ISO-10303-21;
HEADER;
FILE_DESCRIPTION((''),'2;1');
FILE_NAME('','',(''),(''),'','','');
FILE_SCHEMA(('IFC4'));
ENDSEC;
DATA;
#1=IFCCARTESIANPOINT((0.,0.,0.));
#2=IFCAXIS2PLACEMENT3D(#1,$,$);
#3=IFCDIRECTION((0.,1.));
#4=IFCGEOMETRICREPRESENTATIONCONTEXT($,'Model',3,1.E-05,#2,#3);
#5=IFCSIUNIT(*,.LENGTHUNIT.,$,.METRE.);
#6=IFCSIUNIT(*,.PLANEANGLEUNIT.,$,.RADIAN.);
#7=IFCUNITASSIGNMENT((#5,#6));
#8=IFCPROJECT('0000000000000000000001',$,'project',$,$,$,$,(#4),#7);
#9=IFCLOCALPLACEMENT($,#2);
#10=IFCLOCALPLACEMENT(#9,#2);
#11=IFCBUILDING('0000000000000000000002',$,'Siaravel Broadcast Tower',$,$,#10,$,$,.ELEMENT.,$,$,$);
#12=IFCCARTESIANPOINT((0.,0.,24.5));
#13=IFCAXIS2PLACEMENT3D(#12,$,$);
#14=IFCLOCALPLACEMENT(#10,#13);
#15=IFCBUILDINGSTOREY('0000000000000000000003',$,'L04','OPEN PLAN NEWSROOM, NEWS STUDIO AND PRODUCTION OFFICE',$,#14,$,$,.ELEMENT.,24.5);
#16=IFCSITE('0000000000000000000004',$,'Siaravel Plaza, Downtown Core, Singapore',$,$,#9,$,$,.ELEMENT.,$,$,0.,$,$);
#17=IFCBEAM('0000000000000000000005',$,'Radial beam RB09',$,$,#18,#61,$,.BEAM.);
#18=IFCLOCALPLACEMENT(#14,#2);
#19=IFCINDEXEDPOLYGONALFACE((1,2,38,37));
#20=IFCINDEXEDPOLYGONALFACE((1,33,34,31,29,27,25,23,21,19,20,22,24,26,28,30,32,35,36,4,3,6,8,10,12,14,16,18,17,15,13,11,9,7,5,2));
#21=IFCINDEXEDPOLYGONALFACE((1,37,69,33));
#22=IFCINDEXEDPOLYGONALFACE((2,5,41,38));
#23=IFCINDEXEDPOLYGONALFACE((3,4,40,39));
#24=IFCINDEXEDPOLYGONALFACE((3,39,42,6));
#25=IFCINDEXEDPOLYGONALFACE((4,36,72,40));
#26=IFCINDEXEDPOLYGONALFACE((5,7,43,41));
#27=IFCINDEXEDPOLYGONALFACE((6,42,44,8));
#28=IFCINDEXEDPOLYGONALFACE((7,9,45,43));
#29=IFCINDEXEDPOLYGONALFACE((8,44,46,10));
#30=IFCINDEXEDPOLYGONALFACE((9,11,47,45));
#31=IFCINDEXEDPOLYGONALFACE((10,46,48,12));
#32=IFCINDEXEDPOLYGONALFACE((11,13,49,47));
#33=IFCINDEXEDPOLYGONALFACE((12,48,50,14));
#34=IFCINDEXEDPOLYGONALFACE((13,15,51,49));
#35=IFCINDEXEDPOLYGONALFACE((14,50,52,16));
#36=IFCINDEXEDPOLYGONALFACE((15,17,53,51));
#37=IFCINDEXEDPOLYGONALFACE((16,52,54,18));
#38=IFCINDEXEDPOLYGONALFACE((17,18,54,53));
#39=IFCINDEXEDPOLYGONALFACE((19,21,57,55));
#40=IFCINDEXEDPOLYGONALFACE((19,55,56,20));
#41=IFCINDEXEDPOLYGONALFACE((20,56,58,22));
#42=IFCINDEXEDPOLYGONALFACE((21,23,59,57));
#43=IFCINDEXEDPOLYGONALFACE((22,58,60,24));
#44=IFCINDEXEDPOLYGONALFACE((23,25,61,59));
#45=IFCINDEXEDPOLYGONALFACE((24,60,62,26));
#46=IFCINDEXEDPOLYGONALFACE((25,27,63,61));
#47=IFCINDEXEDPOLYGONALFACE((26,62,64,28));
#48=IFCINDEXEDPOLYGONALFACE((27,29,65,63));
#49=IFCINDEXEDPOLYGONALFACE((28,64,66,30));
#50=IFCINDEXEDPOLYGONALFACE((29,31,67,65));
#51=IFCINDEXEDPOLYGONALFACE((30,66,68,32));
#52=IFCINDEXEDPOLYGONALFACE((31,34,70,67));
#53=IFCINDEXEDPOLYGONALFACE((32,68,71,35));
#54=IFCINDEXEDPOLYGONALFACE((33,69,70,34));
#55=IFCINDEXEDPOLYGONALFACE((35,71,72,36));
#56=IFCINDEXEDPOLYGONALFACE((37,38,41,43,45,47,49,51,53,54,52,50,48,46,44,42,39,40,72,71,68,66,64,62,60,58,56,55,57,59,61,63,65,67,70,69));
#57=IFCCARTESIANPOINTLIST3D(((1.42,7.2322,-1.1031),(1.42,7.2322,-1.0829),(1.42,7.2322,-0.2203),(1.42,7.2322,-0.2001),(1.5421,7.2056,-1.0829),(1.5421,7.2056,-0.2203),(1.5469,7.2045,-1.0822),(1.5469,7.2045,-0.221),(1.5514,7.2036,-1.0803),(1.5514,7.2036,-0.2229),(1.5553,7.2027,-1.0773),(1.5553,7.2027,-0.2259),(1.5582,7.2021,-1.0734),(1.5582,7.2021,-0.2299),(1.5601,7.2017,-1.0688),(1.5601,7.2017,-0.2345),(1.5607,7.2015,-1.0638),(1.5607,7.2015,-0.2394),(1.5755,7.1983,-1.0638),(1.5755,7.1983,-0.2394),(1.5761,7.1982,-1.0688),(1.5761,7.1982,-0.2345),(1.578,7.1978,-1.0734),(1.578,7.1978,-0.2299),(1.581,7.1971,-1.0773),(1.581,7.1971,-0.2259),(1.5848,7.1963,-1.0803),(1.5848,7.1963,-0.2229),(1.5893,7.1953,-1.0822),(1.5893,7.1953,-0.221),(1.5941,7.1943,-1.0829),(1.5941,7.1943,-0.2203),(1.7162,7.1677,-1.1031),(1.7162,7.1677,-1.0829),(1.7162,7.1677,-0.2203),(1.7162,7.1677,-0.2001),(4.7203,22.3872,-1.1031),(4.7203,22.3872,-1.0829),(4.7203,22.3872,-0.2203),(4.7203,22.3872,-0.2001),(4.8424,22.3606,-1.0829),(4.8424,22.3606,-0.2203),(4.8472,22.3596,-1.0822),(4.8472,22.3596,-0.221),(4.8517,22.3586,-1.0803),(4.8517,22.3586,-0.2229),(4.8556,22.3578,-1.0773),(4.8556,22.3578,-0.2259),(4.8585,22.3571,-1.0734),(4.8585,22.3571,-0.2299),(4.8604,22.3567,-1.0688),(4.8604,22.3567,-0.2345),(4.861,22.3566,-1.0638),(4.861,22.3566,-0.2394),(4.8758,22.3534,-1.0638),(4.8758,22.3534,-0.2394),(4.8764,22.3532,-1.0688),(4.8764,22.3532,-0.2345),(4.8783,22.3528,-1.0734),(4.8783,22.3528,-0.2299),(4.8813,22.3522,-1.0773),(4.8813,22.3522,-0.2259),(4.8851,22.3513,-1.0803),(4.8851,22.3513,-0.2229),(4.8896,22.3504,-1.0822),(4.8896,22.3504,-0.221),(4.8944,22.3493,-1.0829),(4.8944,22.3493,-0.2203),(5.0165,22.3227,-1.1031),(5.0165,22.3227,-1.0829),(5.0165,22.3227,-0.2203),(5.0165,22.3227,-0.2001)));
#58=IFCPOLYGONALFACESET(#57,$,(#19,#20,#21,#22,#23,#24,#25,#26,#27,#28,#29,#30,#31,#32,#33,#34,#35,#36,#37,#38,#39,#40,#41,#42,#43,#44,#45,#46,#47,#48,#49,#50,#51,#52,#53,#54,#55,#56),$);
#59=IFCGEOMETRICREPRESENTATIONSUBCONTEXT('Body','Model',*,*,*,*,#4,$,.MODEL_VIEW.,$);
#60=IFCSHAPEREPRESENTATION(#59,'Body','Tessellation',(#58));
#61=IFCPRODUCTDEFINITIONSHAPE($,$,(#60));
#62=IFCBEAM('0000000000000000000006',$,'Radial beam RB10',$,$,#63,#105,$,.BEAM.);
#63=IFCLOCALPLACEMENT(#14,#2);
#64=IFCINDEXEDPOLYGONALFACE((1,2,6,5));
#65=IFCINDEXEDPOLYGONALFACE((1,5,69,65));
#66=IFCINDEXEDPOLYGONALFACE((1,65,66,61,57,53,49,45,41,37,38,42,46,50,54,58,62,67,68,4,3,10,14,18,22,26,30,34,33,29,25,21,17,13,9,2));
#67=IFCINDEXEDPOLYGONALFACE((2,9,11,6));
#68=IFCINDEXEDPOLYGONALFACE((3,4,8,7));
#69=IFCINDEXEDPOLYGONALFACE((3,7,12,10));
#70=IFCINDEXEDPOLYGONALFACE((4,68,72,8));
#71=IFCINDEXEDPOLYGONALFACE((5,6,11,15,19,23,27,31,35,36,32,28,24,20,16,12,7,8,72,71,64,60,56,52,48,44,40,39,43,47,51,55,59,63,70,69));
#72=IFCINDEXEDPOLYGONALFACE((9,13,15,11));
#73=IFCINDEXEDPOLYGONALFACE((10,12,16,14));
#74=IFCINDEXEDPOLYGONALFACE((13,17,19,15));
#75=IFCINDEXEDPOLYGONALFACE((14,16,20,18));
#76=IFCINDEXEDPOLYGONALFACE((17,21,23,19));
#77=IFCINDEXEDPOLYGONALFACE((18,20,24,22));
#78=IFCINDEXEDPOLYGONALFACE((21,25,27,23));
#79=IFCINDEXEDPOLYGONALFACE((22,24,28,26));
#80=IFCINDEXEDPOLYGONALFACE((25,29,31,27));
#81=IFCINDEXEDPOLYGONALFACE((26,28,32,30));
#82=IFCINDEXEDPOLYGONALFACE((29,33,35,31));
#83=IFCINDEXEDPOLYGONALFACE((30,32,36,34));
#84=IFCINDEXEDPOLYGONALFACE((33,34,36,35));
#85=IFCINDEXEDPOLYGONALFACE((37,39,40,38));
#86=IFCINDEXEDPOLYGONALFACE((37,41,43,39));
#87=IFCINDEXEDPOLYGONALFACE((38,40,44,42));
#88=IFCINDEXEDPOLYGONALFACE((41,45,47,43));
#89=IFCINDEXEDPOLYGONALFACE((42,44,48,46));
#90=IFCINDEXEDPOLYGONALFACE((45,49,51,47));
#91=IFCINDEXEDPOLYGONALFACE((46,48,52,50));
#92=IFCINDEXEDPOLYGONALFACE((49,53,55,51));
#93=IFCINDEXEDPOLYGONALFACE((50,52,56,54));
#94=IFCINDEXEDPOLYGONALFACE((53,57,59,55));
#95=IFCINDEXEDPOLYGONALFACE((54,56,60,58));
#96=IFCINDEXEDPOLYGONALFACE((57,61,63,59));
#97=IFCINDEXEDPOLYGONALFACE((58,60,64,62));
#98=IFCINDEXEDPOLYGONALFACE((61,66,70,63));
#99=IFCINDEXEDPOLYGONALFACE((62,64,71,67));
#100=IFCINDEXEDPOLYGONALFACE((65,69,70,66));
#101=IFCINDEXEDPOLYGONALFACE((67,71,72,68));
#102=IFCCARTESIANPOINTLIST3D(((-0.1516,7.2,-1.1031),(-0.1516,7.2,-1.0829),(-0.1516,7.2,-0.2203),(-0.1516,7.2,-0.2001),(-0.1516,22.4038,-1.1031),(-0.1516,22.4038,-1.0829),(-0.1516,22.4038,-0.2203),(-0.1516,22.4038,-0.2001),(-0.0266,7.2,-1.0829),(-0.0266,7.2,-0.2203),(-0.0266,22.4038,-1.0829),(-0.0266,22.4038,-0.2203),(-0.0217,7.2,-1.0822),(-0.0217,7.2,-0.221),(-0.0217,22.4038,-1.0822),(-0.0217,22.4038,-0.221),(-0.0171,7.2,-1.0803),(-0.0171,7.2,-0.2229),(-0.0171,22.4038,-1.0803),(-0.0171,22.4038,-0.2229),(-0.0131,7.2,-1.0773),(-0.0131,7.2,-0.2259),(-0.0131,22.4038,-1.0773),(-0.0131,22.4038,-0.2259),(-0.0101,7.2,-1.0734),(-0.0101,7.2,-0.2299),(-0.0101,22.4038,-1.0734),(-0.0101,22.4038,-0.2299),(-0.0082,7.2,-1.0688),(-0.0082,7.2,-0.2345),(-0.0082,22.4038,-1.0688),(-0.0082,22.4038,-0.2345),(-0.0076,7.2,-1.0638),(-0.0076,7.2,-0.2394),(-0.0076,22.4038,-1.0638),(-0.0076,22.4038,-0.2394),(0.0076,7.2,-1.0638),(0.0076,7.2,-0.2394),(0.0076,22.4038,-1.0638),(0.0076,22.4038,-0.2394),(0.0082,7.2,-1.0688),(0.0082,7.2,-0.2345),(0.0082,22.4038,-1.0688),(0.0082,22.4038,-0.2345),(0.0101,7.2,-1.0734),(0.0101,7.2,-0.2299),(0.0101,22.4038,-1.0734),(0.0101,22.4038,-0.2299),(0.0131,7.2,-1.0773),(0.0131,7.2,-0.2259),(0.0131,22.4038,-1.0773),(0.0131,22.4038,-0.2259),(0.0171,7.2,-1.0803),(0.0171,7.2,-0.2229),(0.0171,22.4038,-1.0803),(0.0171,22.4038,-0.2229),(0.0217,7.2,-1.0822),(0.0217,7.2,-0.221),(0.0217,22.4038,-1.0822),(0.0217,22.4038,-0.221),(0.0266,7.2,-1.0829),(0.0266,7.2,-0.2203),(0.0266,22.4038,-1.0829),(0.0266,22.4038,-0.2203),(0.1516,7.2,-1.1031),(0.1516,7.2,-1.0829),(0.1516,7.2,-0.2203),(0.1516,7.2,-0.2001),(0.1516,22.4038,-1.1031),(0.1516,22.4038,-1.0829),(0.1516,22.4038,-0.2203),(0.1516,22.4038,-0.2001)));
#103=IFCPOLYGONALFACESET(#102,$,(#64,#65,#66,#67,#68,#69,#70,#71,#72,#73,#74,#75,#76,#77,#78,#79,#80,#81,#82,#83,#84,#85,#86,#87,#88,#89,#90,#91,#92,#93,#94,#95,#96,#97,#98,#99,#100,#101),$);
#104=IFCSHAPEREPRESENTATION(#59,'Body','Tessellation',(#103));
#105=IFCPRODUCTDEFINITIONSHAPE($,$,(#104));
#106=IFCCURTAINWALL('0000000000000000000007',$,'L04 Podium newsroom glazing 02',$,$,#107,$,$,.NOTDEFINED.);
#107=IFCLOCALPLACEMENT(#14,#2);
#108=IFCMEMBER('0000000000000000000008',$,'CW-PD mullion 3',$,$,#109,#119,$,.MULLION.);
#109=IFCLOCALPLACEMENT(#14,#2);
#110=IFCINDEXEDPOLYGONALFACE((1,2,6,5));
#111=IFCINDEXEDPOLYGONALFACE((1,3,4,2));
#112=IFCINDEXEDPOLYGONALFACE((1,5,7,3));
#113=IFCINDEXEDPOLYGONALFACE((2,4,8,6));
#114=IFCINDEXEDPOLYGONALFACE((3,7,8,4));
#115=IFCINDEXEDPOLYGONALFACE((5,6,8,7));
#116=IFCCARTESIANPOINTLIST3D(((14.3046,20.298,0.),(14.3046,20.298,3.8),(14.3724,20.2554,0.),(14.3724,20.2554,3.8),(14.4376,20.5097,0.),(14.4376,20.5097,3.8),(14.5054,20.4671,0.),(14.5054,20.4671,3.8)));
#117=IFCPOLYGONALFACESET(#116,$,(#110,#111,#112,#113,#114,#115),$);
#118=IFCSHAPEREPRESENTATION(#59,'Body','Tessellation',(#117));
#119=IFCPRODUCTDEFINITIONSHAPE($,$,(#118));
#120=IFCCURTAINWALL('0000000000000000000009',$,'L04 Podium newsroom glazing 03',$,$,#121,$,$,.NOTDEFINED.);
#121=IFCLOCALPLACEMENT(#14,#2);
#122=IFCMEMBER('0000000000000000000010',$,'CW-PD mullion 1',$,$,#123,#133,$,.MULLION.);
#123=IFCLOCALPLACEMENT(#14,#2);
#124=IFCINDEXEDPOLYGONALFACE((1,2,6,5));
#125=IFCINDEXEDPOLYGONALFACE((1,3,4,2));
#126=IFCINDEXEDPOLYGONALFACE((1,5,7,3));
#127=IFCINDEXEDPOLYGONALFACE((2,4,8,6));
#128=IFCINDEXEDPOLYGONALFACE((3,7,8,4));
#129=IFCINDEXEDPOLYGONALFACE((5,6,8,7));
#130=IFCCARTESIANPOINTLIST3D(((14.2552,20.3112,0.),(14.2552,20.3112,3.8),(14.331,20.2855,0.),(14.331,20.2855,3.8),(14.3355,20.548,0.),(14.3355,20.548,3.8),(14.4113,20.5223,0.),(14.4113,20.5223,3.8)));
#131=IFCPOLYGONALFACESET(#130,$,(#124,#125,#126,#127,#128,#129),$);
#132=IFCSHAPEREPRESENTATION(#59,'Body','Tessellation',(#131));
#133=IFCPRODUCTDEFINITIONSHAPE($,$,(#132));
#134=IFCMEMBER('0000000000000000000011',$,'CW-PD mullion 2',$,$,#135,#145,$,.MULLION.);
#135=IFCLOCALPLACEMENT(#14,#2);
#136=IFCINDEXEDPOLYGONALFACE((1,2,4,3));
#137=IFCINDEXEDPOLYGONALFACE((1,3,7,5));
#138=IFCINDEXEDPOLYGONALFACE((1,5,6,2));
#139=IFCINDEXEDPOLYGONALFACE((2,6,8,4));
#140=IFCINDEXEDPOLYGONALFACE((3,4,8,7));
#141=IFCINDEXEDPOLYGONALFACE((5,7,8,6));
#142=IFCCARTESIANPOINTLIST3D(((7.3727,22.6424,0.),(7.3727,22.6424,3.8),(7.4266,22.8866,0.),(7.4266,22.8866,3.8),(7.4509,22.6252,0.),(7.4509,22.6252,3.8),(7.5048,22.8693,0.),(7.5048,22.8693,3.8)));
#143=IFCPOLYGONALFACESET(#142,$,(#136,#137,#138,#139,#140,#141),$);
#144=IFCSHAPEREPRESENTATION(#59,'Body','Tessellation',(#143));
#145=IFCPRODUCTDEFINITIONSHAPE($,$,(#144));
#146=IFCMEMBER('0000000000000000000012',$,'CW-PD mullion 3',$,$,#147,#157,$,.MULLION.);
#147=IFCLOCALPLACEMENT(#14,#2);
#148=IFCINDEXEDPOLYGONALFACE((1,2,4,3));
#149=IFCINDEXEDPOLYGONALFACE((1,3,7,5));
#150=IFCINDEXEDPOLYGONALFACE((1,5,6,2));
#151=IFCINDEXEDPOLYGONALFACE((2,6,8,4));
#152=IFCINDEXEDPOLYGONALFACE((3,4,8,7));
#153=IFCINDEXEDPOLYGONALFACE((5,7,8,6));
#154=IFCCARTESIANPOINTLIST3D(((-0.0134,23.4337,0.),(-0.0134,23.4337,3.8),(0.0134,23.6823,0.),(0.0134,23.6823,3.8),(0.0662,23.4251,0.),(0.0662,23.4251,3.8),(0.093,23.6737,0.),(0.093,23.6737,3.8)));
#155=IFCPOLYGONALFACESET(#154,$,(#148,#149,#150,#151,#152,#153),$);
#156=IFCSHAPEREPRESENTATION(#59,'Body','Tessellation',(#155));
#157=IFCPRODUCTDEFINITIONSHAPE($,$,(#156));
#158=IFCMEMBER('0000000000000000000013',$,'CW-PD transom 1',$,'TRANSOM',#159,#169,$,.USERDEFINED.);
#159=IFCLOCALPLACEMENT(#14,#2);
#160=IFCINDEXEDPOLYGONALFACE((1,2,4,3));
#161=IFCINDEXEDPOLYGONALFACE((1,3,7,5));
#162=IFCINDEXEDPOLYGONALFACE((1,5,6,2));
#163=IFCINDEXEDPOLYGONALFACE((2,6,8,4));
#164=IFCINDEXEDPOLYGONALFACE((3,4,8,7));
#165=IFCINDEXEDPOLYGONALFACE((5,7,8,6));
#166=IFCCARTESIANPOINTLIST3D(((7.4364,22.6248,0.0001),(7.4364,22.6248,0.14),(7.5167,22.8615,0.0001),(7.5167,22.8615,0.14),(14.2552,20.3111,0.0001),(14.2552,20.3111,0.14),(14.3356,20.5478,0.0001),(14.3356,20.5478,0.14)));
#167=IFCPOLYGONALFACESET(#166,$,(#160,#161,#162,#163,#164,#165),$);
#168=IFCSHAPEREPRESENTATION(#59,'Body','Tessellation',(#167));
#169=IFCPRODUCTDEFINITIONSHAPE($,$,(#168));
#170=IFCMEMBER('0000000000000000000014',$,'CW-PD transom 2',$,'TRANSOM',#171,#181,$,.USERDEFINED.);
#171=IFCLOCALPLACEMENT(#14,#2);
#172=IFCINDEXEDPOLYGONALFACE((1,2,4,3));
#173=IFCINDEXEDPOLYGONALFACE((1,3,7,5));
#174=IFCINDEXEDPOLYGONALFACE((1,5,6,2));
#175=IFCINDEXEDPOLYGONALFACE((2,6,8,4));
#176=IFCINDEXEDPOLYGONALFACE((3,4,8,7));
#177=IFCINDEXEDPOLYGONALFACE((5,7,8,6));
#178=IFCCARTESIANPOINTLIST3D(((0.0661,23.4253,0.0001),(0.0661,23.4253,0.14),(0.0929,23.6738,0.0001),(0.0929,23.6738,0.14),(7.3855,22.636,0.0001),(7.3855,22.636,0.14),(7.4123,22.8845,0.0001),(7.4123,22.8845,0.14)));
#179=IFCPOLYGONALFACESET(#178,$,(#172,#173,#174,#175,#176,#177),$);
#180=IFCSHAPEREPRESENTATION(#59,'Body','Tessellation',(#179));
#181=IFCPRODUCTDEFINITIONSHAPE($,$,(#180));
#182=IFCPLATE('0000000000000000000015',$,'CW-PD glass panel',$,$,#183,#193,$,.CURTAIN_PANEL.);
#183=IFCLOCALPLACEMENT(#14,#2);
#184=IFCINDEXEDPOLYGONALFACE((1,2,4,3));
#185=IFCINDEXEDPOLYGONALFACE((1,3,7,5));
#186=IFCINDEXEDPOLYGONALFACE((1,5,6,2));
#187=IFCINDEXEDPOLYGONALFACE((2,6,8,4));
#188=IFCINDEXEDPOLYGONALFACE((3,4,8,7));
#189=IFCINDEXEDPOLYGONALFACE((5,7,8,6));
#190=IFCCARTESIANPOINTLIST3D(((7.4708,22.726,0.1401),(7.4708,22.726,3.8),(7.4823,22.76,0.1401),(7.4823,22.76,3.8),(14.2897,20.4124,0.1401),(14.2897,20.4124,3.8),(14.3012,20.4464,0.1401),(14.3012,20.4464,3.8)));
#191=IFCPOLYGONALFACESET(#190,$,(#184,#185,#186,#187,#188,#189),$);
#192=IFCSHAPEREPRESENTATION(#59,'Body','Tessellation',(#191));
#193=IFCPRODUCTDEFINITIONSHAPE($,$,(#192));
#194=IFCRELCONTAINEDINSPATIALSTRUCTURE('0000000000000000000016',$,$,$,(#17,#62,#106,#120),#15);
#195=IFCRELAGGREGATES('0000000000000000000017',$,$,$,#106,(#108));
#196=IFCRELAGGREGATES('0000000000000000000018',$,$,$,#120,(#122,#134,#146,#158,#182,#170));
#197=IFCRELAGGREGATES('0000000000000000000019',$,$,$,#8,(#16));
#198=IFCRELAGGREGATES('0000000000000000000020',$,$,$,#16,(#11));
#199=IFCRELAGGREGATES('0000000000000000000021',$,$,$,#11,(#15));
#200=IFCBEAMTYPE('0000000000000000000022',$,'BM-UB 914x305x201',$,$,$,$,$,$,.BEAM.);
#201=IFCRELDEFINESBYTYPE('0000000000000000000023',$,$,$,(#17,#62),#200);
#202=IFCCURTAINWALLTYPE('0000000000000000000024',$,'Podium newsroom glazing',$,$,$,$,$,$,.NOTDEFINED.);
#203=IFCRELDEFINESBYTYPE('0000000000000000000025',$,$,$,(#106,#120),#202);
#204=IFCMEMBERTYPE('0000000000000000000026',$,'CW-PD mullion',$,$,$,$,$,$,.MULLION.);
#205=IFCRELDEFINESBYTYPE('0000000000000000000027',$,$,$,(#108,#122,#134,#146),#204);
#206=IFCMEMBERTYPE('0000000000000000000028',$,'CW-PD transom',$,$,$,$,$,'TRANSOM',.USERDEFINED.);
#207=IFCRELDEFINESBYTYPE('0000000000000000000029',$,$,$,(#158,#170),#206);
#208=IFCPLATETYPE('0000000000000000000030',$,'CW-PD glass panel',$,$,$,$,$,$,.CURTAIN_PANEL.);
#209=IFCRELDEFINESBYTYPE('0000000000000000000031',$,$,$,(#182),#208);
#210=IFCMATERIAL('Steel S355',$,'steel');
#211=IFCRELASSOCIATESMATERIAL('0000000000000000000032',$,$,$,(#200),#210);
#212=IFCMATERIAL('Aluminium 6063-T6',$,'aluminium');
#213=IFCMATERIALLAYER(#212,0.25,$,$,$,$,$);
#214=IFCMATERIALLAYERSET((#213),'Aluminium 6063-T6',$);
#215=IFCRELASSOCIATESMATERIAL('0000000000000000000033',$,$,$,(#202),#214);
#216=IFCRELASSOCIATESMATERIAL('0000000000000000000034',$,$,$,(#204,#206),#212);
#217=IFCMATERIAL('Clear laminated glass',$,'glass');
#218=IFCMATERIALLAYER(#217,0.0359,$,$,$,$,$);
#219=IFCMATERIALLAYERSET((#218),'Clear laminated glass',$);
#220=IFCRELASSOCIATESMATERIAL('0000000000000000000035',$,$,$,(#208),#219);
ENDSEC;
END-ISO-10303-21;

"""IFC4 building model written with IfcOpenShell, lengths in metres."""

from ifc_helpers import new_model, si_unit, direction, frame, origin, origin_2d, place, context, subcontext, project, spatial, rectangle, i_section, extrude, material, layer, layer_set, material_profile, profile_set, type_object, element, aggregate, save


model = new_model("IFC4")

# Units and contexts
model_context = context("Model", 3, precision=1e-05, world=origin(), true_north=direction((0.0, 1.0)))
body_context = subcontext(model_context, "Body", "Model", "MODEL_VIEW")
ifc_project = project(units=[si_unit("LENGTHUNIT", "METRE"), si_unit("PLANEANGLEUNIT", "RADIAN")], contexts=[model_context])

# Site, building, storey
site_placement = place(None, origin())
site = spatial("IfcSite", under=ifc_project, at=site_placement, Name="Siaravel Plaza, Downtown Core, Singapore", CompositionType="ELEMENT", RefElevation=0.0)
building_placement = place(site_placement, origin())
building = spatial("IfcBuilding", under=site, at=building_placement, Name="Siaravel Broadcast Tower", CompositionType="ELEMENT")
storey_placement = place(building_placement, frame((0.0, 0.0, 24.5)))
storey = spatial("IfcBuildingStorey", under=building, at=storey_placement, Name="L04", Description="OPEN PLAN NEWSROOM, NEWS STUDIO AND PRODUCTION OFFICE", CompositionType="ELEMENT", Elevation=24.5)

# Beams
ifc_material_1 = material(Name="Steel S355", Category="steel")
ifc_material_profile_1 = material_profile(ifc_material_1, i_section(OverallWidth=0.3032, OverallDepth=0.9031, WebThickness=0.0151, FlangeThickness=0.0203, FilletRadius=0.019, at=origin_2d()))
ifc_profile_set_1 = profile_set([ifc_material_profile_1], Name="Steel S355")
beam_type = type_object("IfcBeamType", Name="BM-UB 914x305x201", PredefinedType="BEAM", material=ifc_profile_set_1)
beam_1_placement = place(storey_placement, frame((4.8684, 22.355, -0.6516), z_axis=(-0.212782, -0.9771, 0.0), x_axis=(0.9771, -0.212782, 0.0)))
element("IfcBeam", 1, at=beam_1_placement, inside=storey, type_object=beam_type, Name="Radial beam RB09", PredefinedType="BEAM", context=body_context, shape_type="SweptSolid", body=[
    extrude(i_section(OverallWidth=0.3032, OverallDepth=0.9031, WebThickness=0.0151, FlangeThickness=0.0203, FilletRadius=0.019, at=origin_2d()), origin(), (0.0, 0.0, 1.0), 15.5103),
])
beam_2_placement = place(storey_placement, frame((0.0, 22.4038, -0.6516), z_axis=(0.0, -1.0, 0.0), x_axis=(1.0, 0.0, 0.0)))
element("IfcBeam", 2, at=beam_2_placement, inside=storey, type_object=beam_type, Name="Radial beam RB10", PredefinedType="BEAM", context=body_context, shape_type="SweptSolid", body=[
    extrude(i_section(OverallWidth=0.3032, OverallDepth=0.9031, WebThickness=0.0151, FlangeThickness=0.0203, FilletRadius=0.019, at=origin_2d()), origin(), (0.0, 0.0, 1.0), 15.2039),
])

# Curtain wall, member
ifc_material_2 = material(Name="Aluminium 6063-T6", Category="aluminium")
ifc_layer_1 = layer(ifc_material_2, 0.25)
ifc_layer_set_1 = layer_set([ifc_layer_1], Name="Aluminium 6063-T6")
curtain_wall_type = type_object("IfcCurtainWallType", Name="Podium newsroom glazing", PredefinedType="NOTDEFINED", material=ifc_layer_set_1)
curtain_wall_1_placement = place(storey_placement, origin())
curtain_wall_1 = element("IfcCurtainWall", 3, at=curtain_wall_1_placement, inside=storey, type_object=curtain_wall_type, Name="L04 Podium newsroom glazing 02", PredefinedType="NOTDEFINED")
ifc_material_profile_2 = material_profile(ifc_material_2, rectangle(XDim=0.25, YDim=0.0801, at=origin_2d()))
ifc_profile_set_2 = profile_set([ifc_material_profile_2], Name="Aluminium 6063-T6")
member_type_1 = type_object("IfcMemberType", Name="CW-PD mullion", PredefinedType="MULLION", material=ifc_profile_set_2)
member_1_placement = place(storey_placement, frame((14.405, 20.3826, 0.0), z_axis=(0.0, 0.0, 1.0), x_axis=(-0.532149, -0.846651, 0.0)))
member_1 = element("IfcMember", 4, at=member_1_placement, type_object=member_type_1, Name="CW-PD mullion 3", PredefinedType="MULLION", context=body_context, shape_type="SweptSolid", body=[
    extrude(rectangle(XDim=0.25, YDim=0.0801, at=origin_2d()), origin(), (0.0, 0.0, 1.0), 3.8),
])
aggregate(curtain_wall_1, [member_1])

# Curtain wall, members, plate
curtain_wall_2_placement = place(storey_placement, origin())
curtain_wall_2 = element("IfcCurtainWall", 5, at=curtain_wall_2_placement, inside=storey, type_object=curtain_wall_type, Name="L04 Podium newsroom glazing 03", PredefinedType="NOTDEFINED")
member_2_placement = place(storey_placement, frame((14.3333, 20.4167, 0.0), z_axis=(0.0, 0.0, 1.0), x_axis=(-0.3213, -0.946977, 0.0)))
member_2 = element("IfcMember", 6, at=member_2_placement, type_object=member_type_1, Name="CW-PD mullion 1", PredefinedType="MULLION", context=body_context, shape_type="SweptSolid", body=[
    extrude(rectangle(XDim=0.25, YDim=0.0801, at=origin_2d()), origin(), (0.0, 0.0, 1.0), 3.8),
])
member_3_placement = place(storey_placement, frame((7.4387, 22.7559, 0.0), z_axis=(0.0, 0.0, 1.0), x_axis=(-0.215558, -0.976491, 0.0)))
member_3 = element("IfcMember", 7, at=member_3_placement, type_object=member_type_1, Name="CW-PD mullion 2", PredefinedType="MULLION", context=body_context, shape_type="SweptSolid", body=[
    extrude(rectangle(XDim=0.25, YDim=0.0801, at=origin_2d()), origin(), (0.0, 0.0, 1.0), 3.8),
])
member_4_placement = place(storey_placement, frame((0.0398, 23.5537, 0.0), z_axis=(0.0, 0.0, 1.0), x_axis=(-0.107217, -0.994236, 0.0)))
member_4 = element("IfcMember", 8, at=member_4_placement, type_object=member_type_1, Name="CW-PD mullion 3", PredefinedType="MULLION", context=body_context, shape_type="SweptSolid", body=[
    extrude(rectangle(XDim=0.25, YDim=0.0801, at=origin_2d()), origin(), (0.0, 0.0, 1.0), 3.8),
])
ifc_material_profile_3 = material_profile(ifc_material_2, rectangle(XDim=0.25, YDim=0.1399, at=origin_2d()))
ifc_profile_set_3 = profile_set([ifc_material_profile_3], Name="Aluminium 6063-T6")
member_type_2 = type_object("IfcMemberType", Name="CW-PD transom", ElementType="TRANSOM", PredefinedType="USERDEFINED", material=ifc_profile_set_3)
member_5_placement = place(storey_placement, frame((14.2954, 20.4294, 0.0701), z_axis=(-0.946971, 0.321319, 0.0), x_axis=(-0.321319, -0.946971, 0.0)))
member_5 = element("IfcMember", 9, at=member_5_placement, type_object=member_type_2, Name="CW-PD transom 1", ObjectType="TRANSOM", PredefinedType="USERDEFINED", context=body_context, shape_type="SweptSolid", body=[
    extrude(rectangle(XDim=0.25, YDim=0.1399, at=origin_2d()), origin(), (0.0, 0.0, 1.0), 7.2007),
])
member_6_placement = place(storey_placement, frame((7.3989, 22.7603, 0.0701), z_axis=(-0.994236, 0.107217, 0.0), x_axis=(-0.107217, -0.994236, 0.0)))
member_6 = element("IfcMember", 10, at=member_6_placement, type_object=member_type_2, Name="CW-PD transom 2", ObjectType="TRANSOM", PredefinedType="USERDEFINED", context=body_context, shape_type="SweptSolid", body=[
    extrude(rectangle(XDim=0.25, YDim=0.1399, at=origin_2d()), origin(), (0.0, 0.0, 1.0), 7.3618),
])
ifc_material_3 = material(Name="Clear laminated glass", Category="glass")
ifc_layer_2 = layer(ifc_material_3, 0.0359)
ifc_layer_set_2 = layer_set([ifc_layer_2], Name="Clear laminated glass")
plate_type = type_object("IfcPlateType", Name="CW-PD glass panel", PredefinedType="CURTAIN_PANEL", material=ifc_layer_set_2)
plate_1_placement = place(storey_placement, frame((10.886, 21.5862, 0.1401), z_axis=(0.0, 0.0, 1.0), x_axis=(-0.946977, 0.3213, 0.0)))
plate_1 = element("IfcPlate", 11, at=plate_1_placement, type_object=plate_type, Name="CW-PD glass panel", PredefinedType="CURTAIN_PANEL", context=body_context, shape_type="SweptSolid", body=[
    extrude(rectangle(XDim=7.2007, YDim=0.0359, at=origin_2d()), origin(), (0.0, 0.0, 1.0), 3.6599),
])
aggregate(curtain_wall_2, [member_2, member_3, member_4, member_5, plate_1, member_6])

save(model, "model.ifc")
